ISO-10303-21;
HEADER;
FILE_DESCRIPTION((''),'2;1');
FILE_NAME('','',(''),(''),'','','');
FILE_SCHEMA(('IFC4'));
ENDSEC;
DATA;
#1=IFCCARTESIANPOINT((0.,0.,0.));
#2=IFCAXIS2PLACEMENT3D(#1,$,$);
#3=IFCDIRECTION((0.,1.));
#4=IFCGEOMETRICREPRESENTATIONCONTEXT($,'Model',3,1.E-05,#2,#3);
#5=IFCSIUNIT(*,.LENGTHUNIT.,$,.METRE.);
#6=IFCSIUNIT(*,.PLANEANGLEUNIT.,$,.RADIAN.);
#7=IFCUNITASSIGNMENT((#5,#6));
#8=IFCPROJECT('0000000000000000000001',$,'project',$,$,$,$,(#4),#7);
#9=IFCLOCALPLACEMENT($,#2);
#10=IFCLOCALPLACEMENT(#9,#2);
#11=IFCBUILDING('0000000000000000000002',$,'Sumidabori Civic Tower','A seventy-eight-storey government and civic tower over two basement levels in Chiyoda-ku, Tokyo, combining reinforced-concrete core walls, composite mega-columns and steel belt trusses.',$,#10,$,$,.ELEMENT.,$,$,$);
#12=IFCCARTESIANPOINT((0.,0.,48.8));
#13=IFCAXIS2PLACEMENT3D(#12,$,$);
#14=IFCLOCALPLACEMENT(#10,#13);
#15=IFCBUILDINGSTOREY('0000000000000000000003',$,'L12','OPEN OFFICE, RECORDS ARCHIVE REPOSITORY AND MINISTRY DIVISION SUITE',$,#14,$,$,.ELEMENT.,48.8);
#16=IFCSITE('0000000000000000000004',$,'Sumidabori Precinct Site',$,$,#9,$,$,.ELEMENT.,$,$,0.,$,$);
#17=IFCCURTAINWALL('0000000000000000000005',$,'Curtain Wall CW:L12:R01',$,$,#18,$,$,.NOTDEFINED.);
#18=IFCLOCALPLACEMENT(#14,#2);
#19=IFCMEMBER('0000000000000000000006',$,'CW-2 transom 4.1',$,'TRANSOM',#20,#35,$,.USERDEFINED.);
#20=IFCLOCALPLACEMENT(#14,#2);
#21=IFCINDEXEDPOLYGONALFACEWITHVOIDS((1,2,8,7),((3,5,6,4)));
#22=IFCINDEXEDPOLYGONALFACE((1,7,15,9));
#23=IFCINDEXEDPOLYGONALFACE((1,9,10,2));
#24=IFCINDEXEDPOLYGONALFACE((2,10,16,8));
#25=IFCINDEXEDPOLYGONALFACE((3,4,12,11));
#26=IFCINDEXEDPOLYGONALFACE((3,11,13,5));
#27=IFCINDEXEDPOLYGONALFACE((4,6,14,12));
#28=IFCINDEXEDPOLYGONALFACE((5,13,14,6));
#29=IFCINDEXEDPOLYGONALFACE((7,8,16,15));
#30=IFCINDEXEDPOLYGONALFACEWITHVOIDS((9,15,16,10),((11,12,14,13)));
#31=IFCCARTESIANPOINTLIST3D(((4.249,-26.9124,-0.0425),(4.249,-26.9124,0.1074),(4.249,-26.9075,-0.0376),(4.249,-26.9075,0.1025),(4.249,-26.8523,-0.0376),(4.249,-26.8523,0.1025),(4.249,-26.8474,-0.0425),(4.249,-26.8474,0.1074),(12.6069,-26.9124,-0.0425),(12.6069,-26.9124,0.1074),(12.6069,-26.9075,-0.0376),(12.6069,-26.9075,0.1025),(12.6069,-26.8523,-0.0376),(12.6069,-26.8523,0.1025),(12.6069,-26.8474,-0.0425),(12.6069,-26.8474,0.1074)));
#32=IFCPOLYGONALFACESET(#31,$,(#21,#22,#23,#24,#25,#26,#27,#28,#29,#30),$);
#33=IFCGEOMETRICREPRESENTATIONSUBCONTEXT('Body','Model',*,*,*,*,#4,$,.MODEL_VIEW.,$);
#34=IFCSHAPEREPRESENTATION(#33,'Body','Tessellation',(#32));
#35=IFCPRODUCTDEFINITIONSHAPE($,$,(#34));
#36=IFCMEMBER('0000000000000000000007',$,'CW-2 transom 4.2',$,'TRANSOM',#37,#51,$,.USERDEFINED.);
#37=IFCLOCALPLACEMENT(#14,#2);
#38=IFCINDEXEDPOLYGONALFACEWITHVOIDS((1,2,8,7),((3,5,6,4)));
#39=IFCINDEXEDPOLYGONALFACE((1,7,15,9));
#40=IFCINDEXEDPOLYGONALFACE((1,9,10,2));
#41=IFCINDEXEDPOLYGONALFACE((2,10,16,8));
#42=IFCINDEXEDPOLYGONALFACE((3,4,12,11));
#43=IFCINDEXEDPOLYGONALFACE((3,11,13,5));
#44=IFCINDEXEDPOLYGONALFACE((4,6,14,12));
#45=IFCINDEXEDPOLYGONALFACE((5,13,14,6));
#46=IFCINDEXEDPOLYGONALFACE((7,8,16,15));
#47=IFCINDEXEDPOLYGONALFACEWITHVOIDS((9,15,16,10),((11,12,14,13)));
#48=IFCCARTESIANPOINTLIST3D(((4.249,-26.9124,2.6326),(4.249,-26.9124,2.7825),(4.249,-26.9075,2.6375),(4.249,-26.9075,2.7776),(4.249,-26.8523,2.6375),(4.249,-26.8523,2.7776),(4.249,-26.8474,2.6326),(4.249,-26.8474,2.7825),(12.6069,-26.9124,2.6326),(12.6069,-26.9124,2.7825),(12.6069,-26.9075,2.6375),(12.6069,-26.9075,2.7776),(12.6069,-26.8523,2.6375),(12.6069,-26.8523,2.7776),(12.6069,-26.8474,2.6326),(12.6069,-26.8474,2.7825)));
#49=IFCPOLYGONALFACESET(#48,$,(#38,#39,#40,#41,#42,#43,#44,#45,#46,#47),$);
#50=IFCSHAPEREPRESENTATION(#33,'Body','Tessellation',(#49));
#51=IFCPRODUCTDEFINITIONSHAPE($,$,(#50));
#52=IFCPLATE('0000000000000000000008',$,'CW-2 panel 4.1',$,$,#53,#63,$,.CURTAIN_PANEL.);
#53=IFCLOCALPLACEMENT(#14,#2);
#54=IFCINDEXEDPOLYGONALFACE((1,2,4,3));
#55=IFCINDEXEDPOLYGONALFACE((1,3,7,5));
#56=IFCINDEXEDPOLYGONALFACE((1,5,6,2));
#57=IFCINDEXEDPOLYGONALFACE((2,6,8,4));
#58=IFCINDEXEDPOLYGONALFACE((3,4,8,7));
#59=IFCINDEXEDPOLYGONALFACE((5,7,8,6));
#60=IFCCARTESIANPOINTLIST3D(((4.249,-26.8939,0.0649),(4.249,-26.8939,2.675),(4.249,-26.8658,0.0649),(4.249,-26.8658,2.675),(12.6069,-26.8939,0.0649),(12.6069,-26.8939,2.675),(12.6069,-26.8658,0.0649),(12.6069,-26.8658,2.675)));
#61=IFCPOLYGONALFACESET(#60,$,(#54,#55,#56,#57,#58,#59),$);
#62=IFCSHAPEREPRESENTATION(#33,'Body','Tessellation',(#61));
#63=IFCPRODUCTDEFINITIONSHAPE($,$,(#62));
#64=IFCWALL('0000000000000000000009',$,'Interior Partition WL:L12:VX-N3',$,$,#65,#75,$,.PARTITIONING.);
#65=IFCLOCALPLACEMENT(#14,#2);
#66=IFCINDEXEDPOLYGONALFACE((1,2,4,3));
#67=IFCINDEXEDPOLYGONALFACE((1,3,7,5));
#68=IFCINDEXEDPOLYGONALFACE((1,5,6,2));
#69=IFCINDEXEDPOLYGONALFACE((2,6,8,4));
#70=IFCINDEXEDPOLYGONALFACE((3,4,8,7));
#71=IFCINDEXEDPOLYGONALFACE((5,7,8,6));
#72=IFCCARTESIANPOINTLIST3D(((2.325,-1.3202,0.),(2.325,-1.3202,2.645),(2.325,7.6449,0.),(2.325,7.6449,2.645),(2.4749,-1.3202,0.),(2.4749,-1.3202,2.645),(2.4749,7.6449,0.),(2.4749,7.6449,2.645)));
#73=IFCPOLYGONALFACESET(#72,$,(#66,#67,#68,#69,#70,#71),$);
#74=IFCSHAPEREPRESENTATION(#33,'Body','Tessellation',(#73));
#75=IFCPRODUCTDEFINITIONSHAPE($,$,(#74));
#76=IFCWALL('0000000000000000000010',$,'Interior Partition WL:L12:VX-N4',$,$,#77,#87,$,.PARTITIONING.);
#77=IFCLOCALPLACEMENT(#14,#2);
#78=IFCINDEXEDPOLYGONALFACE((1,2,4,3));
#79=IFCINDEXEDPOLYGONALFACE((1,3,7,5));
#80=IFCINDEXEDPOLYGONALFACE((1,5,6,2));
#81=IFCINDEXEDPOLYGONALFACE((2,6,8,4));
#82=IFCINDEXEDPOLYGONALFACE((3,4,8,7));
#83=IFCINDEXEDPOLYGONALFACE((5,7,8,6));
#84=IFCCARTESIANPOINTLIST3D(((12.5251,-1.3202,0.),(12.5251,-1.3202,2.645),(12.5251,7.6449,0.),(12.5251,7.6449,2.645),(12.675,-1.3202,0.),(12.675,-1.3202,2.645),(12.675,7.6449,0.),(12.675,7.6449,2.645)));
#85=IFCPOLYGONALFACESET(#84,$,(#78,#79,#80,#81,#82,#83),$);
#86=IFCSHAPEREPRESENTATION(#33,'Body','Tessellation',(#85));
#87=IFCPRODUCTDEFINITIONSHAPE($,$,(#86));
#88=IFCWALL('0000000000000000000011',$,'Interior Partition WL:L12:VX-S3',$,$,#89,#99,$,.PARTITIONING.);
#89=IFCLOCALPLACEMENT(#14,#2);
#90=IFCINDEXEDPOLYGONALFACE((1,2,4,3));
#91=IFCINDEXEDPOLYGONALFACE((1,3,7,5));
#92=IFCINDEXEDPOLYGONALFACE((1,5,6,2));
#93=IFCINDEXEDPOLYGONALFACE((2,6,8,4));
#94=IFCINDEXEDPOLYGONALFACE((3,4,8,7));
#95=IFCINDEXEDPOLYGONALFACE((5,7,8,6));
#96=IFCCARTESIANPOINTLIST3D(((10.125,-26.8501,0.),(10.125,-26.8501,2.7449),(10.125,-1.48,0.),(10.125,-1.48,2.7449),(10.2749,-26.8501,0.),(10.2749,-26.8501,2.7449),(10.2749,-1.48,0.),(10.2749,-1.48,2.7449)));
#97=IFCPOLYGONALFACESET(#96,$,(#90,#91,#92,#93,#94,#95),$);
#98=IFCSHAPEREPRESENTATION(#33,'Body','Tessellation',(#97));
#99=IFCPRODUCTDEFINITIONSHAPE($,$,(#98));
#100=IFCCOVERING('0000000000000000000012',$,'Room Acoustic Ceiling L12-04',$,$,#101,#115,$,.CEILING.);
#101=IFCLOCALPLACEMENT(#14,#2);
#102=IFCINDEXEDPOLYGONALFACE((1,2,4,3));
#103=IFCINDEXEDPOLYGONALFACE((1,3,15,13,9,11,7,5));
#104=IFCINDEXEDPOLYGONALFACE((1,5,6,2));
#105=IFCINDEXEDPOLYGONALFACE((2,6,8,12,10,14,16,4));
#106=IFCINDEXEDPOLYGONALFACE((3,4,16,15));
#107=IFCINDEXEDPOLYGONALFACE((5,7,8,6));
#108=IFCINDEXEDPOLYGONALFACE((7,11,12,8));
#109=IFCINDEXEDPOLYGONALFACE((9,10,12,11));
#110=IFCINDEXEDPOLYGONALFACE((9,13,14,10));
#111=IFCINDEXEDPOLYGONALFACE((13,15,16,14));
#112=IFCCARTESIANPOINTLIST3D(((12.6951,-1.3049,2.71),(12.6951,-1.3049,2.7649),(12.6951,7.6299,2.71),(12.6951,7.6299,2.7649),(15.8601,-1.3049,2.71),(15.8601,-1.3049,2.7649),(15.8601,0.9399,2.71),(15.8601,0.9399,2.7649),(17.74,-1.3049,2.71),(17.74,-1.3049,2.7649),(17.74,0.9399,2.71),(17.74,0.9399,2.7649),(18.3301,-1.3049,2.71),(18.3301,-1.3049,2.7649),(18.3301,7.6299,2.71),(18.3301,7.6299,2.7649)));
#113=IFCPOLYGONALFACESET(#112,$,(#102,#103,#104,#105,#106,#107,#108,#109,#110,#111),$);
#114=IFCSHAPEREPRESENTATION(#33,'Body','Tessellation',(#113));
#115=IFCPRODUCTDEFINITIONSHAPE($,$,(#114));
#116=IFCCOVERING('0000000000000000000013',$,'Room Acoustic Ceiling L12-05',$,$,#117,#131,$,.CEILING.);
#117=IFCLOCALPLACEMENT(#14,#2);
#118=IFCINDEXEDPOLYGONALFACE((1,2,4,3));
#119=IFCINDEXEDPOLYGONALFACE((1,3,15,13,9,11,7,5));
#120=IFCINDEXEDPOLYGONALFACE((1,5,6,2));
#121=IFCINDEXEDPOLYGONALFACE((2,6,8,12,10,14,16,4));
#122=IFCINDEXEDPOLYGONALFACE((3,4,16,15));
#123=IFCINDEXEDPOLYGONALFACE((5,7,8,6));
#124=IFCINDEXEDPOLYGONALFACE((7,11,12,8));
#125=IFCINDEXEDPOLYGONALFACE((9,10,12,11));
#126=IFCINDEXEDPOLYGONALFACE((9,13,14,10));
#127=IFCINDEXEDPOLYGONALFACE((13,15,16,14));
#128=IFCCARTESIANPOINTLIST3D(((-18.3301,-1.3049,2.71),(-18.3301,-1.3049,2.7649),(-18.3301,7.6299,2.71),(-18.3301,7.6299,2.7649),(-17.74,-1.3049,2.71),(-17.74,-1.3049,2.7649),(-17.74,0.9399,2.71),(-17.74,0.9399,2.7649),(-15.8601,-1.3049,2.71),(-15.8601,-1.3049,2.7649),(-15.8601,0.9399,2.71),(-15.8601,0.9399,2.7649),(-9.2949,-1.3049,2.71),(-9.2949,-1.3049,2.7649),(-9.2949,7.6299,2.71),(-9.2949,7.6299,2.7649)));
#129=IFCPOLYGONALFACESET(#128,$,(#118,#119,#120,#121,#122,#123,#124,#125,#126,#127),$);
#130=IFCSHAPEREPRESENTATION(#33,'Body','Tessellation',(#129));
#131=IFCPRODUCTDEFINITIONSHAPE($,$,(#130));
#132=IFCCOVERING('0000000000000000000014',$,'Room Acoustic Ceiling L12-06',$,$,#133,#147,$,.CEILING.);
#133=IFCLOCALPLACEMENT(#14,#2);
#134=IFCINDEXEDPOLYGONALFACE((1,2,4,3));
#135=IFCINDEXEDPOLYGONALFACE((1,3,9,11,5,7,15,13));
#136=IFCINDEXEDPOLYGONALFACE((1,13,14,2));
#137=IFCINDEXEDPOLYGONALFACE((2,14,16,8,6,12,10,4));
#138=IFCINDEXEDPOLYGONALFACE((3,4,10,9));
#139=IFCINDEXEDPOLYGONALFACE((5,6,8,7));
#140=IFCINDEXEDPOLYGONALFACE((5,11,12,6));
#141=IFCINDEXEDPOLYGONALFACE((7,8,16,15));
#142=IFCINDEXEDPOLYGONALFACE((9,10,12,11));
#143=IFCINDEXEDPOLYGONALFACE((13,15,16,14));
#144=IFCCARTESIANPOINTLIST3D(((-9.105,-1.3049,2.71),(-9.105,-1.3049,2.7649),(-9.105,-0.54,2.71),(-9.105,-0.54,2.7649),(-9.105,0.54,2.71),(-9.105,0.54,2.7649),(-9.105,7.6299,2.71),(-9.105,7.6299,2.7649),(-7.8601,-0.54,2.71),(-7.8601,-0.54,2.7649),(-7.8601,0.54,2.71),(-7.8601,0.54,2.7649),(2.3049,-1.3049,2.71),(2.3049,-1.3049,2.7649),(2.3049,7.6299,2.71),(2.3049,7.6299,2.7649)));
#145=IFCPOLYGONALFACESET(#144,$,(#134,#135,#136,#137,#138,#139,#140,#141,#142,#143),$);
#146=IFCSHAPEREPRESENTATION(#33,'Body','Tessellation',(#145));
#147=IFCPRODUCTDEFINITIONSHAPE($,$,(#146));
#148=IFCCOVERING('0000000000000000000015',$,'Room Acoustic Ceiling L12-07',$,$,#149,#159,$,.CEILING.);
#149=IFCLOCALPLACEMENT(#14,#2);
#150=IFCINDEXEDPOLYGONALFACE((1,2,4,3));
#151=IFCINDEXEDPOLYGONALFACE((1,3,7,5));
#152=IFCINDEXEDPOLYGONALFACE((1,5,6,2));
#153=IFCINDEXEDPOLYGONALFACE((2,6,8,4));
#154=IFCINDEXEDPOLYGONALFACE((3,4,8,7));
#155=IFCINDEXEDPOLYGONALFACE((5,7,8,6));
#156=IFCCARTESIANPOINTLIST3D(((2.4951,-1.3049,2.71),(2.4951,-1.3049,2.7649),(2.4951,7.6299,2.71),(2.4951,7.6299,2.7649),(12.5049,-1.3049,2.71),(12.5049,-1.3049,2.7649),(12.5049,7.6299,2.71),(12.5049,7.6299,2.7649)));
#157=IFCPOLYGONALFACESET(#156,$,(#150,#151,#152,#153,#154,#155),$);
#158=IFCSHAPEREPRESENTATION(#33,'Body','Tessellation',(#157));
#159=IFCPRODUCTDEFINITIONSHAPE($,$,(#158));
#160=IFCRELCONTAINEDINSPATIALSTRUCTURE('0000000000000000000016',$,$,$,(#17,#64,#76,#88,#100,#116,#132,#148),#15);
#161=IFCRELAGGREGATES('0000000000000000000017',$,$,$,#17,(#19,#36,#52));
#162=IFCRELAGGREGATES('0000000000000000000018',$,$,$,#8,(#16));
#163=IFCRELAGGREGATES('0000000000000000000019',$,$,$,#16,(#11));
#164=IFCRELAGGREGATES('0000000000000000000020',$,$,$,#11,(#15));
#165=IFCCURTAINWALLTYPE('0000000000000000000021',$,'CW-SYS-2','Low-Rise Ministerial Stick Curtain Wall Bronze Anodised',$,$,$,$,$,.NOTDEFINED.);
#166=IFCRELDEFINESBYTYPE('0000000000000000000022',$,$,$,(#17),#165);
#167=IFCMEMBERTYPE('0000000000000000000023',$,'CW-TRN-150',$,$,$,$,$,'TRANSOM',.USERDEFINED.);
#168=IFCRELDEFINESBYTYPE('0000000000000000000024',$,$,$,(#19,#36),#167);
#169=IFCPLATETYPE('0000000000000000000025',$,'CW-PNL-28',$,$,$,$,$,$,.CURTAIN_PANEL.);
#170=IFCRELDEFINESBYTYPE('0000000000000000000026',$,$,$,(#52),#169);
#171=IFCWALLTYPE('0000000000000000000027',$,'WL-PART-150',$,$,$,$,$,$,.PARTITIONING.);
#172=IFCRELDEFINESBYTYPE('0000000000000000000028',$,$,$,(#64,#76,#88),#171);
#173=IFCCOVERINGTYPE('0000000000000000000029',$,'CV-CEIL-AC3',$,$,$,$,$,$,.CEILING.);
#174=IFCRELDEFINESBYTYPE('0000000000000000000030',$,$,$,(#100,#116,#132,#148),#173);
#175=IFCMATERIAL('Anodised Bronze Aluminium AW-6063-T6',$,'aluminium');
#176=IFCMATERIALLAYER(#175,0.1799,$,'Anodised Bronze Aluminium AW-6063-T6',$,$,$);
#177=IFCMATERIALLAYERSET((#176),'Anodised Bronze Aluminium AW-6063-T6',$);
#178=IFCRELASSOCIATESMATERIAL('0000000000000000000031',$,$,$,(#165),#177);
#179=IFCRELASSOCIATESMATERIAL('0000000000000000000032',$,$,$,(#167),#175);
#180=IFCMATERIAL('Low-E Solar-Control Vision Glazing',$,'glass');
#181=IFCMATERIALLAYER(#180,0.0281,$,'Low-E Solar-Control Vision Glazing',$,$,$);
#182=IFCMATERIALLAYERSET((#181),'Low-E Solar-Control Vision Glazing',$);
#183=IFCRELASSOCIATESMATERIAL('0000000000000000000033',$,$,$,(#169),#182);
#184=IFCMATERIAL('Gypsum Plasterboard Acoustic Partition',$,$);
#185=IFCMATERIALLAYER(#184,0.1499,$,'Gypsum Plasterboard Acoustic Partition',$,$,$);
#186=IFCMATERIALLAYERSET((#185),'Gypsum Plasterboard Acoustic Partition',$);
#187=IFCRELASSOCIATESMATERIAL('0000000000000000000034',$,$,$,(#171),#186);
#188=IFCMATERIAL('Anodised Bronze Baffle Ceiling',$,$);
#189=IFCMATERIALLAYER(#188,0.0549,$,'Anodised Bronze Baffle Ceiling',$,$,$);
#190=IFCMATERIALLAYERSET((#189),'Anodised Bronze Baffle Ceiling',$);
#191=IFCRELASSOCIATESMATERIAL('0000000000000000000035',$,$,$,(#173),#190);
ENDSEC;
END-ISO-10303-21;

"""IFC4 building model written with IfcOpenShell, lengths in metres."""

from ifc_helpers import new_model, si_unit, direction, frame, frame_2d, origin, origin_2d, place, context, subcontext, project, spatial, polyline, rectangle, hollow_rectangle, outline, extrude, source, transform, mapped, material, layer, layer_set, material_profile, profile_set, type_object, element, aggregate, save


model = new_model("IFC4")

# Units and contexts
model_context = context("Model", 3, precision=1e-05, world=origin(), true_north=direction((0.0, 1.0)))
body_context = subcontext(model_context, "Body", "Model", "MODEL_VIEW")
ifc_project = project(units=[si_unit("LENGTHUNIT", "METRE"), si_unit("PLANEANGLEUNIT", "RADIAN")], contexts=[model_context])

# Site, building, storey
site_placement = place(None, origin())
site = spatial("IfcSite", under=ifc_project, at=site_placement, Name="Sumidabori Precinct Site", CompositionType="ELEMENT", RefElevation=0.0)
building_placement = place(site_placement, origin())
building = spatial("IfcBuilding", under=site, at=building_placement, Name="Sumidabori Civic Tower", Description="A seventy-eight-storey government and civic tower over two basement levels in Chiyoda-ku, Tokyo, combining reinforced-concrete core walls, composite mega-columns and steel belt trusses.", CompositionType="ELEMENT")
storey_placement = place(building_placement, frame((0.0, 0.0, 48.8)))
storey = spatial("IfcBuildingStorey", under=building, at=storey_placement, Name="L12", Description="OPEN OFFICE, RECORDS ARCHIVE REPOSITORY AND MINISTRY DIVISION SUITE", CompositionType="ELEMENT", Elevation=48.8)

# Curtain wall, members, plate
ifc_material_1 = material(Name="Anodised Bronze Aluminium AW-6063-T6", Category="aluminium")
ifc_layer_1 = layer(ifc_material_1, 0.1799, Name="Anodised Bronze Aluminium AW-6063-T6")
ifc_layer_set_1 = layer_set([ifc_layer_1], Name="Anodised Bronze Aluminium AW-6063-T6")
curtain_wall_type = type_object("IfcCurtainWallType", Name="CW-SYS-2", Description="Low-Rise Ministerial Stick Curtain Wall Bronze Anodised", PredefinedType="NOTDEFINED", material=ifc_layer_set_1)
curtain_wall_placement = place(storey_placement, origin())
curtain_wall = element("IfcCurtainWall", 1, at=curtain_wall_placement, inside=storey, type_object=curtain_wall_type, Name="Curtain Wall CW:L12:R01", PredefinedType="NOTDEFINED")
ifc_material_profile_1 = material_profile(ifc_material_1, hollow_rectangle(XDim=0.0649, YDim=0.1499, WallThickness=0.0049, at=origin_2d()), Name="ALU TRANSOM 150x65")
ifc_profile_set_1 = profile_set([ifc_material_profile_1], Name="Anodised Bronze Aluminium AW-6063-T6")
member_type_1 = type_object("IfcMemberType", Name="CW-TRN-150", ElementType="TRANSOM", PredefinedType="USERDEFINED", material=ifc_profile_set_1)
shared_shape_1 = source(origin(), body_context, "Body", "SweptSolid", [
    extrude(hollow_rectangle(XDim=0.0649, YDim=0.1499, WallThickness=0.0049, at=origin_2d()), origin(), (0.0, 0.0, 1.0), 8.3579),
])
member_1_placement = place(storey_placement, frame((4.249, -26.8799, 0.0325), z_axis=(1.0, 0.0, 0.0), x_axis=(0.0, 1.0, 0.0)))
member_1 = element("IfcMember", 2, at=member_1_placement, type_object=member_type_1, Name="CW-2 transom 4.1", ObjectType="TRANSOM", PredefinedType="USERDEFINED", context=body_context, shape_type="MappedRepresentation", body=[
    mapped(shared_shape_1, transform((0.0, 0.0, 0.0), x_axis=(1.0, 0.0, 0.0), y_axis=(0.0, 1.0, 0.0), z_axis=(0.0, 0.0, 1.0), scale=1.0)),
])
member_2_placement = place(storey_placement, frame((4.249, -26.8799, 2.7075), z_axis=(1.0, 0.0, 0.0), x_axis=(0.0, 1.0, 0.0)))
member_2 = element("IfcMember", 3, at=member_2_placement, type_object=member_type_1, Name="CW-2 transom 4.2", ObjectType="TRANSOM", PredefinedType="USERDEFINED", context=body_context, shape_type="MappedRepresentation", body=[
    mapped(shared_shape_1, transform((0.0, 0.0, 0.0), x_axis=(1.0, 0.0, 0.0), y_axis=(0.0, 1.0, 0.0), z_axis=(0.0, 0.0, 1.0), scale=1.0)),
])
ifc_material_2 = material(Name="Low-E Solar-Control Vision Glazing", Category="glass")
ifc_layer_2 = layer(ifc_material_2, 0.0281, Name="Low-E Solar-Control Vision Glazing")
ifc_layer_set_2 = layer_set([ifc_layer_2], Name="Low-E Solar-Control Vision Glazing")
plate_type = type_object("IfcPlateType", Name="CW-PNL-28", PredefinedType="CURTAIN_PANEL", material=ifc_layer_set_2)
shared_shape_2 = source(origin(), body_context, "Body", "SweptSolid", [
    extrude(rectangle(XDim=8.3579, YDim=0.0281, at=origin_2d()), origin(), (0.0, 0.0, 1.0), 2.6101),
])
plate_placement = place(storey_placement, frame((8.428, -26.8799, 0.0649), z_axis=(0.0, 0.0, 1.0), x_axis=(1.0, 0.0, 0.0)))
plate = element("IfcPlate", 4, at=plate_placement, type_object=plate_type, Name="CW-2 panel 4.1", PredefinedType="CURTAIN_PANEL", context=body_context, shape_type="MappedRepresentation", body=[
    mapped(shared_shape_2, transform((0.0, 0.0, 0.0), x_axis=(1.0, 0.0, 0.0), y_axis=(0.0, 1.0, 0.0), z_axis=(0.0, 0.0, 1.0), scale=1.0)),
])
aggregate(curtain_wall, [member_1, member_2, plate])

# Walls
ifc_material_3 = material(Name="Gypsum Plasterboard Acoustic Partition")
ifc_layer_3 = layer(ifc_material_3, 0.1499, Name="Gypsum Plasterboard Acoustic Partition")
ifc_layer_set_3 = layer_set([ifc_layer_3], Name="Gypsum Plasterboard Acoustic Partition")
wall_type = type_object("IfcWallType", Name="WL-PART-150", PredefinedType="PARTITIONING", material=ifc_layer_set_3)
shared_shape_3 = source(origin(), body_context, "Body", "SweptSolid", [
    extrude(rectangle(XDim=8.9651, YDim=0.1499, at=frame_2d((4.4824, 0.0))), origin(), (0.0, 0.0, 1.0), 2.645),
])
for number, where, z_axis, x_axis, name in (
    (5, (2.3999, -1.3201, 0.0), (0.0, 0.0, 1.0), (0.0, 1.0, 0.0), "Interior Partition WL:L12:VX-N3"),
    (6, (12.6001, -1.3201, 0.0), (0.0, 0.0, 1.0), (0.0, 1.0, 0.0), "Interior Partition WL:L12:VX-N4"),
):
    element("IfcWall", number, at=place(storey_placement, frame(where, z_axis=z_axis, x_axis=x_axis)), inside=storey, type_object=wall_type, Name=name, PredefinedType="PARTITIONING", context=body_context, shape_type="MappedRepresentation", body=[
        mapped(shared_shape_3, transform((0.0, 0.0, 0.0), x_axis=(1.0, 0.0, 0.0), y_axis=(0.0, 1.0, 0.0), z_axis=(0.0, 0.0, 1.0), scale=1.0)),
    ])
shared_shape_4 = source(origin(), body_context, "Body", "SweptSolid", [
    extrude(rectangle(XDim=25.3701, YDim=0.1499, at=frame_2d((12.6851, 0.0))), origin(), (0.0, 0.0, 1.0), 2.7449),
])
wall_placement = place(storey_placement, frame((10.2, -26.8501, 0.0), z_axis=(0.0, 0.0, 1.0), x_axis=(0.0, 1.0, 0.0)))
element("IfcWall", 7, at=wall_placement, inside=storey, type_object=wall_type, Name="Interior Partition WL:L12:VX-S3", PredefinedType="PARTITIONING", context=body_context, shape_type="MappedRepresentation", body=[
    mapped(shared_shape_4, transform((0.0, 0.0, 0.0), x_axis=(1.0, 0.0, 0.0), y_axis=(0.0, 1.0, 0.0), z_axis=(0.0, 0.0, 1.0), scale=1.0)),
])

# Coverings
ifc_material_4 = material(Name="Anodised Bronze Baffle Ceiling")
ifc_layer_4 = layer(ifc_material_4, 0.0549, Name="Anodised Bronze Baffle Ceiling")
ifc_layer_set_4 = layer_set([ifc_layer_4], Name="Anodised Bronze Baffle Ceiling")
covering_type_1 = type_object("IfcCoveringType", Name="CV-CEIL-AC3", PredefinedType="CEILING", material=ifc_layer_set_4)
covering_1_placement = place(storey_placement, frame((0.0, 0.0, 2.71)))
element("IfcCovering", 8, at=covering_1_placement, inside=storey, type_object=covering_type_1, Name="Room Acoustic Ceiling L12-04", PredefinedType="CEILING", context=body_context, shape_type="SweptSolid", body=[
    extrude(outline(polyline([(12.6951, 7.6299), (18.3301, 7.6299), (18.3301, -1.3049), (17.74, -1.3049), (17.74, 0.9399), (15.8601, 0.9399), (15.8601, -1.3049), (12.6951, -1.3049), (12.6951, 7.6299)])), origin(), (0.0, 0.0, 1.0), 0.0549),
])
covering_2_placement = place(storey_placement, frame((0.0, 0.0, 2.71)))
element("IfcCovering", 9, at=covering_2_placement, inside=storey, type_object=covering_type_1, Name="Room Acoustic Ceiling L12-05", PredefinedType="CEILING", context=body_context, shape_type="SweptSolid", body=[
    extrude(outline(polyline([(-18.3301, 7.6299), (-9.2949, 7.6299), (-9.2949, -1.3049), (-15.8601, -1.3049), (-15.8601, 0.9399), (-17.74, 0.9399), (-17.74, -1.3049), (-18.3301, -1.3049), (-18.3301, 7.6299)])), origin(), (0.0, 0.0, 1.0), 0.0549),
])
covering_3_placement = place(storey_placement, frame((0.0, 0.0, 2.71)))
element("IfcCovering", 10, at=covering_3_placement, inside=storey, type_object=covering_type_1, Name="Room Acoustic Ceiling L12-06", PredefinedType="CEILING", context=body_context, shape_type="SweptSolid", body=[
    extrude(outline(polyline([(-9.105, -0.54), (-7.8601, -0.54), (-7.8601, 0.54), (-9.105, 0.54), (-9.105, 7.6299), (2.3049, 7.6299), (2.3049, -1.3049), (-9.105, -1.3049), (-9.105, -0.54)])), origin(), (0.0, 0.0, 1.0), 0.0549),
])
covering_4_placement = place(storey_placement, frame((0.0, 0.0, 2.71)))
element("IfcCovering", 11, at=covering_4_placement, inside=storey, type_object=covering_type_1, Name="Room Acoustic Ceiling L12-07", PredefinedType="CEILING", context=body_context, shape_type="SweptSolid", body=[
    extrude(outline(polyline([(2.4951, 7.6299), (12.5049, 7.6299), (12.5049, -1.3049), (2.4951, -1.3049), (2.4951, 7.6299)])), origin(), (0.0, 0.0, 1.0), 0.0549),
])

save(model, "model.ifc")
